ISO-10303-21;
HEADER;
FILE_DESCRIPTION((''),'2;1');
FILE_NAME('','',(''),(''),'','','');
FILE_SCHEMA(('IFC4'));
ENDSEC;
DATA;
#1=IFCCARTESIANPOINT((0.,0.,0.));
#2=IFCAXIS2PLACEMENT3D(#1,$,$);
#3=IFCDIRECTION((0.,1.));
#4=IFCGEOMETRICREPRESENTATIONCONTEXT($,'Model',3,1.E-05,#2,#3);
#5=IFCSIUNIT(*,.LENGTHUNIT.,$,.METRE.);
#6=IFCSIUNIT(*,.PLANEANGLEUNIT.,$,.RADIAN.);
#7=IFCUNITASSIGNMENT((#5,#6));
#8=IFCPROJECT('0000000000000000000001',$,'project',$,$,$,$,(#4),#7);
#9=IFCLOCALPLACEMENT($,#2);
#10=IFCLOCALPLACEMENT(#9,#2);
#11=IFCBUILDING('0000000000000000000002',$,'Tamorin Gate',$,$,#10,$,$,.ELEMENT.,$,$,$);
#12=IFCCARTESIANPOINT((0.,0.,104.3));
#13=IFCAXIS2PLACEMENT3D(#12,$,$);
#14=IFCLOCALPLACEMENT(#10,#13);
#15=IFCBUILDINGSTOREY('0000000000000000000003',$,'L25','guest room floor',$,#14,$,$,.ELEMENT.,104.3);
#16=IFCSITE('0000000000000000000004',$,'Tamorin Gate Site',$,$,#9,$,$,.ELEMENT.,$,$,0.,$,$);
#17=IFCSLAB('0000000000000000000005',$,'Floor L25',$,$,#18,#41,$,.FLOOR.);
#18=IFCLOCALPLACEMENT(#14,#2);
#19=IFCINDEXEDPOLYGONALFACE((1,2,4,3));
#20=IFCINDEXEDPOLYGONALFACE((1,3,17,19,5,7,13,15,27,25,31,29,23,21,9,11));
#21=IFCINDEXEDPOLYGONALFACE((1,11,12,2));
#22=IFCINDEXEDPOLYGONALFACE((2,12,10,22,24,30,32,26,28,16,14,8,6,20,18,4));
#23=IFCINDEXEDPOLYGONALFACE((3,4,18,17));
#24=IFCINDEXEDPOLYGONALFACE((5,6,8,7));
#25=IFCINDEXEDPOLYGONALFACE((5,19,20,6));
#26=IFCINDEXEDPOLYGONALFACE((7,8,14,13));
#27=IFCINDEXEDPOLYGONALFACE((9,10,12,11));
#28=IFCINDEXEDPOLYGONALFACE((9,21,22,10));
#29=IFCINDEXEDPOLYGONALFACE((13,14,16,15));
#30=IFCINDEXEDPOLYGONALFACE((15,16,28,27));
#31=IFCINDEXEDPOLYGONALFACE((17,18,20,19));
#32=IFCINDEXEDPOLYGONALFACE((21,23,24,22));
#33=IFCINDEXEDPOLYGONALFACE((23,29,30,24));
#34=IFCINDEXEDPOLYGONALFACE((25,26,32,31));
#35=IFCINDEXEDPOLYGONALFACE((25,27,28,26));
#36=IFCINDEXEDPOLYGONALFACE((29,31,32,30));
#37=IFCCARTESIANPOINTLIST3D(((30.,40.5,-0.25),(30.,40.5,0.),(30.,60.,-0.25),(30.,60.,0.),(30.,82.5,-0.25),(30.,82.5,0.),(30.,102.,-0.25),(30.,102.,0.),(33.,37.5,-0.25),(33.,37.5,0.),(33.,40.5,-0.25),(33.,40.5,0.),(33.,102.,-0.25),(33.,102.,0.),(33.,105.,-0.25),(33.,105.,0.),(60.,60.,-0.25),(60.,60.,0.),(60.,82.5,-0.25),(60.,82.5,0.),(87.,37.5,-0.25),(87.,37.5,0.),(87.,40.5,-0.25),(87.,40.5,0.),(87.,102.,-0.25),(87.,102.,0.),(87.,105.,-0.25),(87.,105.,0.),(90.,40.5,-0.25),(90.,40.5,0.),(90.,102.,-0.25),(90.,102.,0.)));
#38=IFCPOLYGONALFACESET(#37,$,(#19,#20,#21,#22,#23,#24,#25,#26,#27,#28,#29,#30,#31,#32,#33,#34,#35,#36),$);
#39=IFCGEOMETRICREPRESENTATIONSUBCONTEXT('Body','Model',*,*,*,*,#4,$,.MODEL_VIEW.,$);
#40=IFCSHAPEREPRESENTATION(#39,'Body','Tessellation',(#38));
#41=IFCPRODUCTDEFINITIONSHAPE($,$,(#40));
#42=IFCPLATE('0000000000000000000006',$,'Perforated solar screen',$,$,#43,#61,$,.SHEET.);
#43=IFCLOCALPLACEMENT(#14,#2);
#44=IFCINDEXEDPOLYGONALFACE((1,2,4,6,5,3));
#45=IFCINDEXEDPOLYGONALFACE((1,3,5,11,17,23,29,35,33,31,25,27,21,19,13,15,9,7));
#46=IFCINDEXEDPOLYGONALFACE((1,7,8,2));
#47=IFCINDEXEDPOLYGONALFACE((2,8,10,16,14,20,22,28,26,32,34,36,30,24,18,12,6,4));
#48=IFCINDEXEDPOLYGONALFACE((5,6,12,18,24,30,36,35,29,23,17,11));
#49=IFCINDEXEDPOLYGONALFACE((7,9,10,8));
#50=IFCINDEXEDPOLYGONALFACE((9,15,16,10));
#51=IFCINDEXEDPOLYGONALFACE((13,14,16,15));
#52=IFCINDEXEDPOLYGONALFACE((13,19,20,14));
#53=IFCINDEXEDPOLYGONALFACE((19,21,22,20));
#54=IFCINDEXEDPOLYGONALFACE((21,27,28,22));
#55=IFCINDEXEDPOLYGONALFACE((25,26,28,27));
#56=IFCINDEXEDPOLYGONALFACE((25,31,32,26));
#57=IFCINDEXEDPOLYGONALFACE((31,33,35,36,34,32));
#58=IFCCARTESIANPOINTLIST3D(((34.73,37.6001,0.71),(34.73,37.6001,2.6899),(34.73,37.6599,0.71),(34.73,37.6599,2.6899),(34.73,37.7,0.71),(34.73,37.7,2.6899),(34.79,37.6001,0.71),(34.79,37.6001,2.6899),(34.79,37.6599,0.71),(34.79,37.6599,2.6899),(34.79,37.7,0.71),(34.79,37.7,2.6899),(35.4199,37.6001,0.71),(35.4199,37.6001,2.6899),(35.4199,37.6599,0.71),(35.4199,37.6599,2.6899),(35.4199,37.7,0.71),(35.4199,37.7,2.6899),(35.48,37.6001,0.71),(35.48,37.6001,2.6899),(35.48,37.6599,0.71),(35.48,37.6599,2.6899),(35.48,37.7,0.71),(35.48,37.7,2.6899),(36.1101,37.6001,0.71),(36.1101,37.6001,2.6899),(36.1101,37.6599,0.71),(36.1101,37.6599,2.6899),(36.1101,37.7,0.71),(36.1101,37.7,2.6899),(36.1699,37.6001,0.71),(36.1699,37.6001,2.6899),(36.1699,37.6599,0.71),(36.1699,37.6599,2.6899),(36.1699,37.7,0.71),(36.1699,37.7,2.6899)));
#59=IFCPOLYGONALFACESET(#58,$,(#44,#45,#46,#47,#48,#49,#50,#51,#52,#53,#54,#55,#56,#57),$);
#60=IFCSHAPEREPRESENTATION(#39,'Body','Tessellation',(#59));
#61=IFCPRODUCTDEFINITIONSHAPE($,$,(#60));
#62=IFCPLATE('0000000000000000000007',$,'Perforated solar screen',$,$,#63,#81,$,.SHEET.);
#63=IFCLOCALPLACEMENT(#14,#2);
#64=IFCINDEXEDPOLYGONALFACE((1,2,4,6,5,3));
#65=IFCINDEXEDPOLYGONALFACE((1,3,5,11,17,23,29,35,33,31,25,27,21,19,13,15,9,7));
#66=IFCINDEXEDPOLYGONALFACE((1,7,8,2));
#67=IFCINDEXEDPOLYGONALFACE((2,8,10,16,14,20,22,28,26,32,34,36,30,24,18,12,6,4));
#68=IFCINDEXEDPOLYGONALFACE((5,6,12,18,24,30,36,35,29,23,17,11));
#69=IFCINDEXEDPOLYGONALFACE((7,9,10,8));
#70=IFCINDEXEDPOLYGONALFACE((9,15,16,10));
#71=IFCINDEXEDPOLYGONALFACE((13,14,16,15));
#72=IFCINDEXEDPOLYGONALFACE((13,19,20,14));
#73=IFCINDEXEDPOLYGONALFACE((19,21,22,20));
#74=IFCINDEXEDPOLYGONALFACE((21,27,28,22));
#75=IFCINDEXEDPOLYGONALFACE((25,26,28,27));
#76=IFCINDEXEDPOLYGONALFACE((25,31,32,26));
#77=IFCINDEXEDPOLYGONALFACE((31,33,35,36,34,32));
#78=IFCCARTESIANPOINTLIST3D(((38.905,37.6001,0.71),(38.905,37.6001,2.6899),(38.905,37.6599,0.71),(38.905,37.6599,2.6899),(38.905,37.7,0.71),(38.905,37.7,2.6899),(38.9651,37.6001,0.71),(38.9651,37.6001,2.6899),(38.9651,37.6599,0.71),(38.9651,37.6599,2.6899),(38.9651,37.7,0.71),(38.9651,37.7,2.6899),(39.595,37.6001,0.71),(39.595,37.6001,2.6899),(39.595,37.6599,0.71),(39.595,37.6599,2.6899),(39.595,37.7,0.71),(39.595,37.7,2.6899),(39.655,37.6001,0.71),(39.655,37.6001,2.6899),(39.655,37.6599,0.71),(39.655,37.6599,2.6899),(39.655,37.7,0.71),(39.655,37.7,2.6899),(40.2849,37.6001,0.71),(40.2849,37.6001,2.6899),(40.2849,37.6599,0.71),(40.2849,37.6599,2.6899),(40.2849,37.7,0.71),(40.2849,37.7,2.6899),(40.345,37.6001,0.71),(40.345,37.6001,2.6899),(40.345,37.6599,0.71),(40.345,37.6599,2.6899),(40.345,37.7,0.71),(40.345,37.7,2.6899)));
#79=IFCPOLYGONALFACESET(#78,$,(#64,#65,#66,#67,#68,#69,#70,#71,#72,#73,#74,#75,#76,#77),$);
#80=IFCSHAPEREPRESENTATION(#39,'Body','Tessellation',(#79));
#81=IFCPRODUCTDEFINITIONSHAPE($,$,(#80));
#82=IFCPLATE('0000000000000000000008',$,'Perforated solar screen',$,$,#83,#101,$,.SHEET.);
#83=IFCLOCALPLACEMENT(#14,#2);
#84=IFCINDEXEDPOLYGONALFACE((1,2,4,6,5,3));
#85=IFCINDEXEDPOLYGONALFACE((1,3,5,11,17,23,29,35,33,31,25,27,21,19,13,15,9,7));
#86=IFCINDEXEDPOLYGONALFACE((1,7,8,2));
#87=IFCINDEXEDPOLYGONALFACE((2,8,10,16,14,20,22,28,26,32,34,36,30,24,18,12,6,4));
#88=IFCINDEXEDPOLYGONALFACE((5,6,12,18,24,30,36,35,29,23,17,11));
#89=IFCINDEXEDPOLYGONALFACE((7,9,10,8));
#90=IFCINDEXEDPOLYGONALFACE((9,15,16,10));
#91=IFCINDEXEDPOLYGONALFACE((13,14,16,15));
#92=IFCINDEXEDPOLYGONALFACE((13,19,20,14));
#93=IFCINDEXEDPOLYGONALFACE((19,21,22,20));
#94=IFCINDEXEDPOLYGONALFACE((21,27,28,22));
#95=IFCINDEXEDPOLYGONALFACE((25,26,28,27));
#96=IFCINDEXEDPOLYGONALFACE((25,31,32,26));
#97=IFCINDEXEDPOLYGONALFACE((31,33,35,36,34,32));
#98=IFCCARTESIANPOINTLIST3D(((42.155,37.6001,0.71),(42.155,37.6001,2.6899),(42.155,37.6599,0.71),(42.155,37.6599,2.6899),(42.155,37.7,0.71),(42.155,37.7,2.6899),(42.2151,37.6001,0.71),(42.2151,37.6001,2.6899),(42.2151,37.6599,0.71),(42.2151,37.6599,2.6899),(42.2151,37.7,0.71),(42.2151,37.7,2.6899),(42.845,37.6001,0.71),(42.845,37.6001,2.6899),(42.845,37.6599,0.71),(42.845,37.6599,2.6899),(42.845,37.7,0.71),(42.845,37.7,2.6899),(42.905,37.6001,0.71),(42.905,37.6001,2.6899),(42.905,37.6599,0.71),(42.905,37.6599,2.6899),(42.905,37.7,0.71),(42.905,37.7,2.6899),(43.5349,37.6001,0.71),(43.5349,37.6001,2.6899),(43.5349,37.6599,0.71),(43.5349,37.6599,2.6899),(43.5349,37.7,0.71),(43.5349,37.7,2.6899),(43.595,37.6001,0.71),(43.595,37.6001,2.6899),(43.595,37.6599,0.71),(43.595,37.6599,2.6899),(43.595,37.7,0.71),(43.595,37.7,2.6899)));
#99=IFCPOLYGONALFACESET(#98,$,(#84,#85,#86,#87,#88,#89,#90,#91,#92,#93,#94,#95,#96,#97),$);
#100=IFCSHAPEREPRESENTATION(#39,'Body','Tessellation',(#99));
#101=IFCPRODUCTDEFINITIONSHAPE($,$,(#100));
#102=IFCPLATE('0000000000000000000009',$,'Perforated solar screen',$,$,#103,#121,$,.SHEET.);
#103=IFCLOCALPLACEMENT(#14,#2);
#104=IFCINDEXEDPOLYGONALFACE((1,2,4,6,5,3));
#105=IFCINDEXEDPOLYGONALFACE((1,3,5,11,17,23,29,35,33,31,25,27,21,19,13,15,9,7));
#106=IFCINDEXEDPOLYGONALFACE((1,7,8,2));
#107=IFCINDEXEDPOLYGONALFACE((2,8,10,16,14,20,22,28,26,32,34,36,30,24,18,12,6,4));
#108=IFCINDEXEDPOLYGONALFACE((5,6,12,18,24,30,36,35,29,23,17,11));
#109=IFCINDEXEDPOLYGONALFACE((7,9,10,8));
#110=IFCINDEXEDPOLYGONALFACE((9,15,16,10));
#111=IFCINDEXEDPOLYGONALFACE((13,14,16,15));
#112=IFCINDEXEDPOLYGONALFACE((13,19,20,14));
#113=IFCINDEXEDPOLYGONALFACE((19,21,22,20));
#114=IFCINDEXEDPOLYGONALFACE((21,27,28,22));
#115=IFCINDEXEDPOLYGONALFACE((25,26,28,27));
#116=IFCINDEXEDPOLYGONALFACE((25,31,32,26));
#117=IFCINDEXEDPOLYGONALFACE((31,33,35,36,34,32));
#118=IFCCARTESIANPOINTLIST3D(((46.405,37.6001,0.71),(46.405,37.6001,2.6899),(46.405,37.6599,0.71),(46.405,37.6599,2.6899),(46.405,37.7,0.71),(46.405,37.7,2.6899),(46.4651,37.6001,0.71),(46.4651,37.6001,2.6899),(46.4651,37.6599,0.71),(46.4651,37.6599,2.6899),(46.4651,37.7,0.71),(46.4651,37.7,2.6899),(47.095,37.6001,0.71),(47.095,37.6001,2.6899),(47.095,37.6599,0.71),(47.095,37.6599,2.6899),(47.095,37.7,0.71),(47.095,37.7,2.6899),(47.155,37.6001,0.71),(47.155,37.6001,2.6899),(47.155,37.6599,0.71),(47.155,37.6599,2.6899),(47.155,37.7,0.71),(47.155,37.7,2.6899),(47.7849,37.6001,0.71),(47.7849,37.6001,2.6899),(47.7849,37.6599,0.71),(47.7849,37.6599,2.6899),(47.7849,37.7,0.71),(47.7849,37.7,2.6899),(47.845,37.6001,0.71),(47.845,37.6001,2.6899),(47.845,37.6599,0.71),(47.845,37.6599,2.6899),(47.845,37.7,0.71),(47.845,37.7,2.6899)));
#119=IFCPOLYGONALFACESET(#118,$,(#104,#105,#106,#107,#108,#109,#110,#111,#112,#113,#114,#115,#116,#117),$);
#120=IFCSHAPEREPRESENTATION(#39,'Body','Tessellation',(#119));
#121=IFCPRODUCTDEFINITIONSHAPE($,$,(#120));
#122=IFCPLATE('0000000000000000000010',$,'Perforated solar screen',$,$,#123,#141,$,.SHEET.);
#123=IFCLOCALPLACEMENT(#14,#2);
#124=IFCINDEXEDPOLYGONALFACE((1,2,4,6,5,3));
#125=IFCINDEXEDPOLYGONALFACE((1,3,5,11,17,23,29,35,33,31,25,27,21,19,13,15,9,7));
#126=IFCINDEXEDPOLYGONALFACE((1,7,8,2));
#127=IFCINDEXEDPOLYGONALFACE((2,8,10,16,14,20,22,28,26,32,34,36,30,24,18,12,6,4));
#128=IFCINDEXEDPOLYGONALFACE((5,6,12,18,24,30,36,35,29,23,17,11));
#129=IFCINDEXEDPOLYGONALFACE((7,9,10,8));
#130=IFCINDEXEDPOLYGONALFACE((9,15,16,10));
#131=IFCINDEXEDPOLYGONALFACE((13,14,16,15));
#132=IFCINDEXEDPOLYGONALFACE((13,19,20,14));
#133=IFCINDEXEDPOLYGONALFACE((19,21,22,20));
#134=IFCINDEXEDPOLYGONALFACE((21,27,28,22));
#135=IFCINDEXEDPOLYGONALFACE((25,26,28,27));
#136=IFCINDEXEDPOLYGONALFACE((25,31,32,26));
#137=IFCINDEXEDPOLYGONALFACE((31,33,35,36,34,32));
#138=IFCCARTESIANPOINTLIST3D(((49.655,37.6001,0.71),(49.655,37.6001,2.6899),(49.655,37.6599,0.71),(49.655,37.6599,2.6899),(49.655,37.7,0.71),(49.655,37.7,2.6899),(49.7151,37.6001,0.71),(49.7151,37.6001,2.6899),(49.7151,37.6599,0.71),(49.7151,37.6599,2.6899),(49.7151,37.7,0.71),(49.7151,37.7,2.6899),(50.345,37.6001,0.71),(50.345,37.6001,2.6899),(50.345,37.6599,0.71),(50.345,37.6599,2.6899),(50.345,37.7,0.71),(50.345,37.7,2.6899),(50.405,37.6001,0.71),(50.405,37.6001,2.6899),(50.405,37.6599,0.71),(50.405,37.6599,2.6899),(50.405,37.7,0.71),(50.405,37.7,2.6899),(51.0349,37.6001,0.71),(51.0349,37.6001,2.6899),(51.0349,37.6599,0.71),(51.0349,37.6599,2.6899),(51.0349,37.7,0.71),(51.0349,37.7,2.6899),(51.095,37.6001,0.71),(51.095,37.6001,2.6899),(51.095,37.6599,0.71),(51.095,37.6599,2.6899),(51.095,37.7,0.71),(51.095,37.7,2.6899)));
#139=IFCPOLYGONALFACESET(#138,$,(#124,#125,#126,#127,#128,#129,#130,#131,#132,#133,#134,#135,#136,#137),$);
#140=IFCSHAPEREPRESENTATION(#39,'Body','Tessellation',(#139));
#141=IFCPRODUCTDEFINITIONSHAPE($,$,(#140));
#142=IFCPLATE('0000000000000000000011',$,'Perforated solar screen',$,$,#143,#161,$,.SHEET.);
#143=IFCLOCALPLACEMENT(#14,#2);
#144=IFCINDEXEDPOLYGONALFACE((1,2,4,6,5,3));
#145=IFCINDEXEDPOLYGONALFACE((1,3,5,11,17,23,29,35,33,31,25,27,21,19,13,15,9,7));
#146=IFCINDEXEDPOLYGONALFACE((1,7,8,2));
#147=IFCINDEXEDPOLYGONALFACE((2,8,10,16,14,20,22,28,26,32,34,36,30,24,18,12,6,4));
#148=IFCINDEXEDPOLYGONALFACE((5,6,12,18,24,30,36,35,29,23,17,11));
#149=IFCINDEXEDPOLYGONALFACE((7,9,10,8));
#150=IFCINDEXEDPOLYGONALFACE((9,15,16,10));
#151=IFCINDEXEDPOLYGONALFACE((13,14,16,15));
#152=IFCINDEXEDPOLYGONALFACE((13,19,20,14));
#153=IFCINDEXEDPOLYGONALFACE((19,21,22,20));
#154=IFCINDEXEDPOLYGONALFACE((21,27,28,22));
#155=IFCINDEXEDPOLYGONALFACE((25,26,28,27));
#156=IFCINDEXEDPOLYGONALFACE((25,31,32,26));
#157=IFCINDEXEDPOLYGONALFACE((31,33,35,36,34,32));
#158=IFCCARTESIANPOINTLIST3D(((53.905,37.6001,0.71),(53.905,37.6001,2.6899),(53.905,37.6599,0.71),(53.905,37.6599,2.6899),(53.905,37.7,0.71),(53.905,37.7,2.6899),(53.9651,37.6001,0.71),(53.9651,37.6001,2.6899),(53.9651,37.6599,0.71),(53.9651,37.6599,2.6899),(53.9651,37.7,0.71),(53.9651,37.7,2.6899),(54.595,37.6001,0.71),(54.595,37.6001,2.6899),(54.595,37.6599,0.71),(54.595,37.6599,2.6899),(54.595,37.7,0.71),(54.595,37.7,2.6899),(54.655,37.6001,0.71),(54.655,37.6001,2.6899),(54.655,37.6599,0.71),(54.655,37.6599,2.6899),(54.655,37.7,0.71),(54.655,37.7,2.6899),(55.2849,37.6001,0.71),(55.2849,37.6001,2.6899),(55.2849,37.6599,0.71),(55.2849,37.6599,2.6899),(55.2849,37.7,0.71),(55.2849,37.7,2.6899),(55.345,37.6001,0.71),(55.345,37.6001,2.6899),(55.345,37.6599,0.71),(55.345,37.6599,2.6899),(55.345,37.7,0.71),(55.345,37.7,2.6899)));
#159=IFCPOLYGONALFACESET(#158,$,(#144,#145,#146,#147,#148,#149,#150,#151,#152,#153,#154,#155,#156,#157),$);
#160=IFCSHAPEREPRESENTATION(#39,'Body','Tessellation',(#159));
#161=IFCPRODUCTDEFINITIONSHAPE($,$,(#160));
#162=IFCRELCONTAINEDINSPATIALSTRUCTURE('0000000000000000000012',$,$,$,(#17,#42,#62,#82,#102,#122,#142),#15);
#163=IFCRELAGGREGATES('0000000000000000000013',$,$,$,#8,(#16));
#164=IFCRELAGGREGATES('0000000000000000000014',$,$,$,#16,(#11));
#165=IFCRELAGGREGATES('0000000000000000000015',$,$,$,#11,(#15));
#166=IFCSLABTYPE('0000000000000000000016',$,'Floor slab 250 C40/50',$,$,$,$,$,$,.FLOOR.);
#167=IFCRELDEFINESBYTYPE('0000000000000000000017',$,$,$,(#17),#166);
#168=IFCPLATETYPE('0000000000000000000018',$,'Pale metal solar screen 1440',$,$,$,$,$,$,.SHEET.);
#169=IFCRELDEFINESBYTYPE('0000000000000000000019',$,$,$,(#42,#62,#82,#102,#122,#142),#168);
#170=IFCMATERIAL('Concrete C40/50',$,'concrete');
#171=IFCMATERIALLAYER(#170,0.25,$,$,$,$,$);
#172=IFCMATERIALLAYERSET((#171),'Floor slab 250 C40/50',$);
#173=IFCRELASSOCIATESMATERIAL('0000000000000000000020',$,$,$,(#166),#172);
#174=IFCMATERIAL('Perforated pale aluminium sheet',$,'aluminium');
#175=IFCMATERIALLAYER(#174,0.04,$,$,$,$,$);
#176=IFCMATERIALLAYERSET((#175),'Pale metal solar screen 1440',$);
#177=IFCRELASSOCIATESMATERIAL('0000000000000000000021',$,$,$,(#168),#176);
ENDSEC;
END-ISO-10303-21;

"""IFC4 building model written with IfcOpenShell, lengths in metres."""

from ifc_helpers import new_model, si_unit, direction, frame, origin, place, context, subcontext, project, spatial, polyline, outline, extrude, material, layer, layer_set, type_object, element, save


model = new_model("IFC4")

# Units and contexts
model_context = context("Model", 3, precision=1e-05, world=origin(), true_north=direction((0.0, 1.0)))
body_context = subcontext(model_context, "Body", "Model", "MODEL_VIEW")
ifc_project = project(units=[si_unit("LENGTHUNIT", "METRE"), si_unit("PLANEANGLEUNIT", "RADIAN")], contexts=[model_context])

# Site, building, storey
site_placement = place(None, origin())
site = spatial("IfcSite", under=ifc_project, at=site_placement, Name="Tamorin Gate Site", CompositionType="ELEMENT", RefElevation=0.0)
building_placement = place(site_placement, origin())
building = spatial("IfcBuilding", under=site, at=building_placement, Name="Tamorin Gate", CompositionType="ELEMENT")
storey_placement = place(building_placement, frame((0.0, 0.0, 104.3)))
storey = spatial("IfcBuildingStorey", under=building, at=storey_placement, Name="L25", Description="guest room floor", CompositionType="ELEMENT", Elevation=104.3)

# Slab
ifc_material_1 = material(Name="Concrete C40/50", Category="concrete")
ifc_layer_1 = layer(ifc_material_1, 0.25)
ifc_layer_set_1 = layer_set([ifc_layer_1], Name="Floor slab 250 C40/50")
slab_type = type_object("IfcSlabType", Name="Floor slab 250 C40/50", PredefinedType="FLOOR", material=ifc_layer_set_1)
slab_placement = place(storey_placement, frame((0.0, 0.0, -0.25)))
element("IfcSlab", 1, at=slab_placement, inside=storey, type_object=slab_type, Name="Floor L25", PredefinedType="FLOOR", context=body_context, shape_type="SweptSolid", body=[
    extrude(outline(polyline([(30.0, 102.0), (33.0, 102.0), (33.0, 105.0), (87.0, 105.0), (87.0, 102.0), (90.0, 102.0), (90.0, 40.5), (87.0, 40.5), (87.0, 37.5), (33.0, 37.5), (33.0, 40.5), (30.0, 40.5), (30.0, 60.0), (60.0, 60.0), (60.0, 82.5), (30.0, 82.5), (30.0, 102.0)])), origin(), (0.0, 0.0, 1.0), 0.25),
])

# Plates
ifc_material_2 = material(Name="Perforated pale aluminium sheet", Category="aluminium")
ifc_layer_2 = layer(ifc_material_2, 0.04)
ifc_layer_set_2 = layer_set([ifc_layer_2], Name="Pale metal solar screen 1440")
plate_type = type_object("IfcPlateType", Name="Pale metal solar screen 1440", PredefinedType="SHEET", material=ifc_layer_set_2)
plate_1_placement = place(storey_placement, frame((0.0, 0.0, 0.71)))
element("IfcPlate", 2, at=plate_1_placement, inside=storey, type_object=plate_type, Name="Perforated solar screen", PredefinedType="SHEET", context=body_context, shape_type="SweptSolid", body=[
    extrude(outline(polyline([(34.73, 37.6599), (34.73, 37.7), (34.79, 37.7), (35.4199, 37.7), (35.48, 37.7), (36.1101, 37.7), (36.1699, 37.7), (36.1699, 37.6599), (36.1699, 37.6001), (36.1101, 37.6001), (36.1101, 37.6599), (35.48, 37.6599), (35.48, 37.6001), (35.4199, 37.6001), (35.4199, 37.6599), (34.79, 37.6599), (34.79, 37.6001), (34.73, 37.6001), (34.73, 37.6599)])), origin(), (0.0, 0.0, 1.0), 1.98),
])
plate_2_placement = place(storey_placement, frame((0.0, 0.0, 0.71)))
element("IfcPlate", 3, at=plate_2_placement, inside=storey, type_object=plate_type, Name="Perforated solar screen", PredefinedType="SHEET", context=body_context, shape_type="SweptSolid", body=[
    extrude(outline(polyline([(38.905, 37.6599), (38.905, 37.7), (38.9651, 37.7), (39.595, 37.7), (39.655, 37.7), (40.2849, 37.7), (40.345, 37.7), (40.345, 37.7), (40.345, 37.6599), (40.345, 37.6599), (40.345, 37.6001), (40.2849, 37.6001), (40.2849, 37.6599), (39.655, 37.6599), (39.655, 37.6001), (39.595, 37.6001), (39.595, 37.6599), (38.9651, 37.6599), (38.9651, 37.6001), (38.905, 37.6001), (38.905, 37.6599)])), origin(), (0.0, 0.0, 1.0), 1.98),
])
plate_3_placement = place(storey_placement, frame((0.0, 0.0, 0.71)))
element("IfcPlate", 4, at=plate_3_placement, inside=storey, type_object=plate_type, Name="Perforated solar screen", PredefinedType="SHEET", context=body_context, shape_type="SweptSolid", body=[
    extrude(outline(polyline([(42.155, 37.6599), (42.155, 37.7), (42.2151, 37.7), (42.845, 37.7), (42.905, 37.7), (43.5349, 37.7), (43.595, 37.7), (43.595, 37.6599), (43.595, 37.6001), (43.5349, 37.6001), (43.5349, 37.6599), (42.905, 37.6599), (42.905, 37.6001), (42.845, 37.6001), (42.845, 37.6599), (42.2151, 37.6599), (42.2151, 37.6001), (42.155, 37.6001), (42.155, 37.6599)])), origin(), (0.0, 0.0, 1.0), 1.98),
])
plate_4_placement = place(storey_placement, frame((0.0, 0.0, 0.71)))
element("IfcPlate", 5, at=plate_4_placement, inside=storey, type_object=plate_type, Name="Perforated solar screen", PredefinedType="SHEET", context=body_context, shape_type="SweptSolid", body=[
    extrude(outline(polyline([(46.405, 37.6599), (46.405, 37.7), (46.4651, 37.7), (47.095, 37.7), (47.155, 37.7), (47.7849, 37.7), (47.845, 37.7), (47.845, 37.6599), (47.845, 37.6001), (47.7849, 37.6001), (47.7849, 37.6599), (47.155, 37.6599), (47.155, 37.6001), (47.095, 37.6001), (47.095, 37.6599), (46.4651, 37.6599), (46.4651, 37.6001), (46.405, 37.6001), (46.405, 37.6599)])), origin(), (0.0, 0.0, 1.0), 1.98),
])
plate_5_placement = place(storey_placement, frame((0.0, 0.0, 0.71)))
element("IfcPlate", 6, at=plate_5_placement, inside=storey, type_object=plate_type, Name="Perforated solar screen", PredefinedType="SHEET", context=body_context, shape_type="SweptSolid", body=[
    extrude(outline(polyline([(49.655, 37.6599), (49.655, 37.7), (49.7151, 37.7), (50.345, 37.7), (50.405, 37.7), (51.0349, 37.7), (51.095, 37.7), (51.095, 37.6599), (51.095, 37.6001), (51.0349, 37.6001), (51.0349, 37.6599), (50.405, 37.6599), (50.405, 37.6001), (50.345, 37.6001), (50.345, 37.6599), (49.7151, 37.6599), (49.7151, 37.6001), (49.655, 37.6001), (49.655, 37.6599)])), origin(), (0.0, 0.0, 1.0), 1.98),
])
plate_6_placement = place(storey_placement, frame((0.0, 0.0, 0.71)))
element("IfcPlate", 7, at=plate_6_placement, inside=storey, type_object=plate_type, Name="Perforated solar screen", PredefinedType="SHEET", context=body_context, shape_type="SweptSolid", body=[
    extrude(outline(polyline([(53.905, 37.6599), (53.905, 37.7), (53.9651, 37.7), (54.595, 37.7), (54.655, 37.7), (55.2849, 37.7), (55.345, 37.7), (55.345, 37.6599), (55.345, 37.6001), (55.2849, 37.6001), (55.2849, 37.6599), (54.655, 37.6599), (54.655, 37.6001), (54.595, 37.6001), (54.595, 37.6599), (53.9651, 37.6599), (53.9651, 37.6001), (53.905, 37.6001), (53.905, 37.6599)])), origin(), (0.0, 0.0, 1.0), 1.98),
])

save(model, "model.ifc")
